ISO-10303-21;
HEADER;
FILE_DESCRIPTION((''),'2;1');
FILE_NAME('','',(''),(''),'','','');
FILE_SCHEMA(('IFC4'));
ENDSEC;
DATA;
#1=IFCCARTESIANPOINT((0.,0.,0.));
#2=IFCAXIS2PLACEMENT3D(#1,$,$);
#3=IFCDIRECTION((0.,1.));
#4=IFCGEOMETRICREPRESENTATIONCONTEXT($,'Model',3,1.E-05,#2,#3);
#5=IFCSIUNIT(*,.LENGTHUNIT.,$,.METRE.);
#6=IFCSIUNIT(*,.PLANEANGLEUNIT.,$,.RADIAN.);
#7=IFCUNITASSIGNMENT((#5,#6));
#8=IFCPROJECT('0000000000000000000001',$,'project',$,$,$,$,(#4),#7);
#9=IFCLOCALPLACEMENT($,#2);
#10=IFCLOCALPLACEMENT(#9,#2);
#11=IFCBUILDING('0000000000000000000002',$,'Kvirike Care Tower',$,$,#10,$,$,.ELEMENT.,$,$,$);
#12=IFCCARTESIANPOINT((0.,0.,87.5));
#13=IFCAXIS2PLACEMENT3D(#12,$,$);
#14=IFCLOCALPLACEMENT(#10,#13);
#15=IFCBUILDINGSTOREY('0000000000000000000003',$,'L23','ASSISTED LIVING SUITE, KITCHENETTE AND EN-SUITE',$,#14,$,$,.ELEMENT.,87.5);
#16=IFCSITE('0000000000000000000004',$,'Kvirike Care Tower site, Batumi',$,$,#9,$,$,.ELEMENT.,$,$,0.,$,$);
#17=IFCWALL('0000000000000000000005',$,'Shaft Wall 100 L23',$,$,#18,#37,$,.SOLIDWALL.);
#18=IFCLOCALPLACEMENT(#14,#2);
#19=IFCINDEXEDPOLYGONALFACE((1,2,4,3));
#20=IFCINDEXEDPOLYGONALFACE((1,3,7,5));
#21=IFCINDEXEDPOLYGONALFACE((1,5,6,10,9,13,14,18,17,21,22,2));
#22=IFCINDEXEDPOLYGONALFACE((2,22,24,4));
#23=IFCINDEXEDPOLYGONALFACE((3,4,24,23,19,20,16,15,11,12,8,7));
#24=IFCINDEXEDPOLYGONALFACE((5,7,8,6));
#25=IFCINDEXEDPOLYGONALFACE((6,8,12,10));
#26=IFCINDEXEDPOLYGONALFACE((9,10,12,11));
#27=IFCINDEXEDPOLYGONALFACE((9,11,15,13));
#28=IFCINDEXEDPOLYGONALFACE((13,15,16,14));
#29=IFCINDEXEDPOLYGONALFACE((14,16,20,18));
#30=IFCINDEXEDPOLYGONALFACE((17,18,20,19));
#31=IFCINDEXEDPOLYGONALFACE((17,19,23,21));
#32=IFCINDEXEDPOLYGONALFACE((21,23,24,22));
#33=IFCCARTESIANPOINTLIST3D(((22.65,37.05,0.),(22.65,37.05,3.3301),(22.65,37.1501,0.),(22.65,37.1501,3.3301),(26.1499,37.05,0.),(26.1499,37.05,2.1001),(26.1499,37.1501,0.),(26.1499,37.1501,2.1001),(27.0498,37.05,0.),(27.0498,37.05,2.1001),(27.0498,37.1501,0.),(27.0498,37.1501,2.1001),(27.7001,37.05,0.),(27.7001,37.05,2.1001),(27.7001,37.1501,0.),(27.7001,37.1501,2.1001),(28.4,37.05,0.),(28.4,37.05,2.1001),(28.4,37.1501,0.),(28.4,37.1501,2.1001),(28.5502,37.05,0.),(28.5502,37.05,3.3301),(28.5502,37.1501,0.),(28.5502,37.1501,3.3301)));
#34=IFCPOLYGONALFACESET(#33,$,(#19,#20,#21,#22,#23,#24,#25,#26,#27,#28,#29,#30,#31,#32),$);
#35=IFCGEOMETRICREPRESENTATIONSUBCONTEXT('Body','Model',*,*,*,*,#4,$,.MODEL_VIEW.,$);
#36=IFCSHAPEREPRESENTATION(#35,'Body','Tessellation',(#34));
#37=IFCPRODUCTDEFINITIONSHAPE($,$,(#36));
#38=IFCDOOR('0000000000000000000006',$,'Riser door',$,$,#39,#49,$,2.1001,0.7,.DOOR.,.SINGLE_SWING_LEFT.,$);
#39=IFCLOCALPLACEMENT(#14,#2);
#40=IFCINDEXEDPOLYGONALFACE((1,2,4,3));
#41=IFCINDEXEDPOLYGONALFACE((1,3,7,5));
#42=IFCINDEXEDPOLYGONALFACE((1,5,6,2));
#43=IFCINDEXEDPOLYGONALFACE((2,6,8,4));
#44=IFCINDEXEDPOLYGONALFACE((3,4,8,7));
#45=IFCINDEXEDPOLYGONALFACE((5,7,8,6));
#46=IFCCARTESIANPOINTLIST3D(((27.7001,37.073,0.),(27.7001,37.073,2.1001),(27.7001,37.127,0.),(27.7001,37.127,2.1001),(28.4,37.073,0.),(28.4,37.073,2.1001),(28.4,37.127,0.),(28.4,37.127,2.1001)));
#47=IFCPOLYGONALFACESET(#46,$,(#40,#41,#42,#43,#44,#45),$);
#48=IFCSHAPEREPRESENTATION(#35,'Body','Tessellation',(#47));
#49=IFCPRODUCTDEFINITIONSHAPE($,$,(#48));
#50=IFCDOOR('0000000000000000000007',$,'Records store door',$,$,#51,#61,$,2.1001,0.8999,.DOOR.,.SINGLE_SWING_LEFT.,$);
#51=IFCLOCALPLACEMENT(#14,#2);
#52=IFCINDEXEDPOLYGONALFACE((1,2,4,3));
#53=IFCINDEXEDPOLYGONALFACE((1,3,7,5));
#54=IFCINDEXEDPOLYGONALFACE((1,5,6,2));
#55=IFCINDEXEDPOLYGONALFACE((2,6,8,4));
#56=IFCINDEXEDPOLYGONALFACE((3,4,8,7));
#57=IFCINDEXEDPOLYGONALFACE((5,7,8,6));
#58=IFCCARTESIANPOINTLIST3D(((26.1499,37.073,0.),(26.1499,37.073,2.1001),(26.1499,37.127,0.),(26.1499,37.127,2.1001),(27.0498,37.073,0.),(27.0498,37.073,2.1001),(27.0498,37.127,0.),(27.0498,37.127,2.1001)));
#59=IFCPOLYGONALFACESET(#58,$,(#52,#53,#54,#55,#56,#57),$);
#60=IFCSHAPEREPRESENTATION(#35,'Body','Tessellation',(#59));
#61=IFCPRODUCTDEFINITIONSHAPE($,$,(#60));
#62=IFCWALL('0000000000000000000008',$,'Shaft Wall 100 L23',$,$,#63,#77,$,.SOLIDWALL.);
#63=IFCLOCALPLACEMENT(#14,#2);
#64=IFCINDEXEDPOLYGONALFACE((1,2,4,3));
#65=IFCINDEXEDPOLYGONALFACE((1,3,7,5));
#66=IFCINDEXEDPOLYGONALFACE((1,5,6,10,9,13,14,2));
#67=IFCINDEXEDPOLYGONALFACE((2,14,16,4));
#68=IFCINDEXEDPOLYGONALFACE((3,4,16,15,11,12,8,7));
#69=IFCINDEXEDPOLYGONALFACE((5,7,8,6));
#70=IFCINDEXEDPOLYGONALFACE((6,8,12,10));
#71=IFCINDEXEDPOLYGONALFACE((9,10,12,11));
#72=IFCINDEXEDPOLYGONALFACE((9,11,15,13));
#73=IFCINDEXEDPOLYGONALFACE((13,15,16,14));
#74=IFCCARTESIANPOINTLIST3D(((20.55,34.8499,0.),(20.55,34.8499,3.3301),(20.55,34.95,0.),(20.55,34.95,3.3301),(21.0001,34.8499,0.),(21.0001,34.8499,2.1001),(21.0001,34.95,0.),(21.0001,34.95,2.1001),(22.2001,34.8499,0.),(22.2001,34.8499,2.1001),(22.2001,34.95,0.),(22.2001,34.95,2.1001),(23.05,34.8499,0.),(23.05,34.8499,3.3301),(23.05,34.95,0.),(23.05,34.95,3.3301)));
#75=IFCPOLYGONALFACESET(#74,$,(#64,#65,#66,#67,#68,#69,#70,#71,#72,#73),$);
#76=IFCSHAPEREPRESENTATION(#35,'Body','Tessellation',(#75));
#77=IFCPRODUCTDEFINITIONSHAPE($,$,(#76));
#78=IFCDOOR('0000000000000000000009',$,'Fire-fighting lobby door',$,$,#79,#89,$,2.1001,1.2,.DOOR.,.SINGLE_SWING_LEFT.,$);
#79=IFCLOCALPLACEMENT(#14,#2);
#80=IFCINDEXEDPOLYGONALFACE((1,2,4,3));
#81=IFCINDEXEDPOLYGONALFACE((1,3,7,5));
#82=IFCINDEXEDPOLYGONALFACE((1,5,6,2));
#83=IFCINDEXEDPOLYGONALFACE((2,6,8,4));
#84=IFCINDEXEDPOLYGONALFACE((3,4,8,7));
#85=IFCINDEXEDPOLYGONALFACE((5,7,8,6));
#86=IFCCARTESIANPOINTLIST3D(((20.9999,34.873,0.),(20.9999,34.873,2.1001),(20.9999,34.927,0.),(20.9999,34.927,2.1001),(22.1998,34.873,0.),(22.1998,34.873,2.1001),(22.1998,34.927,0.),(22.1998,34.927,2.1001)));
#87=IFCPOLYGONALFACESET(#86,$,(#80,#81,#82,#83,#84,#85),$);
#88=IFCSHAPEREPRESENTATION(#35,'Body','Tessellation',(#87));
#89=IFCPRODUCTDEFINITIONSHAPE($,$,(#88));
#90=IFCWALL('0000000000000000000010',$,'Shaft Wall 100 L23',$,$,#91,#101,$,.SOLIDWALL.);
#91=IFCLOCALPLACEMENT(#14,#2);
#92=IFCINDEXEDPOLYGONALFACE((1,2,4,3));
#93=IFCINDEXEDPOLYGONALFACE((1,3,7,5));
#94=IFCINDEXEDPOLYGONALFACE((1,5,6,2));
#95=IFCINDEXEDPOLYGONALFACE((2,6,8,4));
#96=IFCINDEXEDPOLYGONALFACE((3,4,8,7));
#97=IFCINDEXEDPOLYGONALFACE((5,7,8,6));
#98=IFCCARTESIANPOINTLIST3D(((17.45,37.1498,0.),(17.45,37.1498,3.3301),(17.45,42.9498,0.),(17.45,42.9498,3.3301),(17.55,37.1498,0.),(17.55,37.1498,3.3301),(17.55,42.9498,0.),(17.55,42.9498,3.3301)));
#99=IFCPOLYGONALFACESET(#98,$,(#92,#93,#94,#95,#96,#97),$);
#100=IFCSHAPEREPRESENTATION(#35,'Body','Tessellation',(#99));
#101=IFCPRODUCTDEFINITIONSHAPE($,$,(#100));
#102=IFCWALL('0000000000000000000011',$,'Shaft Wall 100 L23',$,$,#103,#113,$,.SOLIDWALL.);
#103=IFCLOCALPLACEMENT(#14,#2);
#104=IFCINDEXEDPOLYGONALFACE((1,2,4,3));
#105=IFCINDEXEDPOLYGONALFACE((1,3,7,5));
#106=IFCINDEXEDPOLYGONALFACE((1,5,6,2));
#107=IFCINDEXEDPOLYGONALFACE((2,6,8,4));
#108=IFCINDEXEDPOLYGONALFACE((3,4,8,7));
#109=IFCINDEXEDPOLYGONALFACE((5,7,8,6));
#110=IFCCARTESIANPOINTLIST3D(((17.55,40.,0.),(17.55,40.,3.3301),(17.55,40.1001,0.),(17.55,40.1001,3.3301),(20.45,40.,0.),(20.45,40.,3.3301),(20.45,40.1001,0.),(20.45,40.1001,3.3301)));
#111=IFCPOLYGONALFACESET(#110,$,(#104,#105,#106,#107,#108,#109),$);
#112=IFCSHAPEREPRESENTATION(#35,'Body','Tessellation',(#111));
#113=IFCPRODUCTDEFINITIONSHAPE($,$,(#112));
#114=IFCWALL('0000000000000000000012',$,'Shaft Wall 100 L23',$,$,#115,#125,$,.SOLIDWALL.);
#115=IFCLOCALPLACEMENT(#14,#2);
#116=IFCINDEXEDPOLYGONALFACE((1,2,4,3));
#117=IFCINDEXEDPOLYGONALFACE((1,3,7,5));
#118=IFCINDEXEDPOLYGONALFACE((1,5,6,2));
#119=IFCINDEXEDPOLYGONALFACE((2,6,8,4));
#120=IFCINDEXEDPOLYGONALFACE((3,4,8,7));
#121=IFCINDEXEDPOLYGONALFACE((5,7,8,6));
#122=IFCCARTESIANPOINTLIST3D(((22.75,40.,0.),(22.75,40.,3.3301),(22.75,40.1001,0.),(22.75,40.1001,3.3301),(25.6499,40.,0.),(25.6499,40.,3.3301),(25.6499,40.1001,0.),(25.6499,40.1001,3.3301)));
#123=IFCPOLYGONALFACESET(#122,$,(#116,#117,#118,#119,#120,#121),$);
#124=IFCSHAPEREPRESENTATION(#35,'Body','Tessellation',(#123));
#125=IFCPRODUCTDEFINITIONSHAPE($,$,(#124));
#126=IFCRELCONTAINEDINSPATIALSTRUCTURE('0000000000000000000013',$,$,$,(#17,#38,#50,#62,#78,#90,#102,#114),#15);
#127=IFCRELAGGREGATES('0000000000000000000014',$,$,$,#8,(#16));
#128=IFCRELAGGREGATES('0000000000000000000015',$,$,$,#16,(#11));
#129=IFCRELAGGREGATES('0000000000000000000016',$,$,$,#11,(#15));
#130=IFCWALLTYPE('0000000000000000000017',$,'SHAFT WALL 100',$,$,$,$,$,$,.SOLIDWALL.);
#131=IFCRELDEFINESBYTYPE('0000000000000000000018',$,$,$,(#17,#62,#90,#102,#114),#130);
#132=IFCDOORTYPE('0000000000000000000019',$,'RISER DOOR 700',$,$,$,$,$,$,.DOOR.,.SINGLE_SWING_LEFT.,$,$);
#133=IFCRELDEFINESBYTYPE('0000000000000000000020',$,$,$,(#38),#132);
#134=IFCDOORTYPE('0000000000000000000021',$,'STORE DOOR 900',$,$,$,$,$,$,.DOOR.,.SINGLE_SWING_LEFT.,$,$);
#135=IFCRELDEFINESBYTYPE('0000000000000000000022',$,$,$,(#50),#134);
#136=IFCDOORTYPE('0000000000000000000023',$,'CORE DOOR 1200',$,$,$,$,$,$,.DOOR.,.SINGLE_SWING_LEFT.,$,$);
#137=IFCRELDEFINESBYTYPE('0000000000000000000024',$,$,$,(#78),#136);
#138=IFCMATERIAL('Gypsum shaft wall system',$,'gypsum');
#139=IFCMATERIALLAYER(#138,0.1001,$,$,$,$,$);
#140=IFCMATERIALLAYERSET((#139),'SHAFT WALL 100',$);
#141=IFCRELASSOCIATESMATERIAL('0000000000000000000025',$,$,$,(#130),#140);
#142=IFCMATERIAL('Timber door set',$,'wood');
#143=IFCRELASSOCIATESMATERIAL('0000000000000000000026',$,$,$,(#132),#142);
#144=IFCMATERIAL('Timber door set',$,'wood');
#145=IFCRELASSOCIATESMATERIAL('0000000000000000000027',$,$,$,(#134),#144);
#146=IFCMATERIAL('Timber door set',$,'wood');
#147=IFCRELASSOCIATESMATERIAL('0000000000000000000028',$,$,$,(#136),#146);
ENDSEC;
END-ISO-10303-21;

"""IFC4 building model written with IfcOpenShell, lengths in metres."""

from ifc_helpers import new_model, si_unit, direction, frame, frame_2d, origin, place, context, subcontext, project, spatial, rectangle, extrude, material, layer, layer_set, type_object, element, fill, save


model = new_model("IFC4")

# Units and contexts
model_context = context("Model", 3, precision=1e-05, world=origin(), true_north=direction((0.0, 1.0)))
body_context = subcontext(model_context, "Body", "Model", "MODEL_VIEW")
ifc_project = project(units=[si_unit("LENGTHUNIT", "METRE"), si_unit("PLANEANGLEUNIT", "RADIAN")], contexts=[model_context])

# Site, building, storey
site_placement = place(None, origin())
site = spatial("IfcSite", under=ifc_project, at=site_placement, Name="Kvirike Care Tower site, Batumi", CompositionType="ELEMENT", RefElevation=0.0)
building_placement = place(site_placement, origin())
building = spatial("IfcBuilding", under=site, at=building_placement, Name="Kvirike Care Tower", CompositionType="ELEMENT")
storey_placement = place(building_placement, frame((0.0, 0.0, 87.5)))
storey = spatial("IfcBuildingStorey", under=building, at=storey_placement, Name="L23", Description="ASSISTED LIVING SUITE, KITCHENETTE AND EN-SUITE", CompositionType="ELEMENT", Elevation=87.5)

# Shared definitions
ifc_material_1 = material(Name="Gypsum shaft wall system", Category="gypsum")
ifc_layer = layer(ifc_material_1, 0.1001)
ifc_layer_set = layer_set([ifc_layer], Name="SHAFT WALL 100")
wall_type = type_object("IfcWallType", Name="SHAFT WALL 100", PredefinedType="SOLIDWALL", material=ifc_layer_set)

# Shared definitions
ifc_material_2 = material(Name="Timber door set", Category="wood")
door_type_1 = type_object("IfcDoorType", Name="RISER DOOR 700", OperationType="SINGLE_SWING_LEFT", PredefinedType="DOOR", material=ifc_material_2)

# Wall, openings, doors
ifc_material_3 = material(Name="Timber door set", Category="wood")
door_type_2 = type_object("IfcDoorType", Name="STORE DOOR 900", OperationType="SINGLE_SWING_LEFT", PredefinedType="DOOR", material=ifc_material_3)
wall_1_placement = place(storey_placement, frame((22.6499, 37.1001, 0.0), z_axis=(0.0, 0.0, 1.0), x_axis=(1.0, 0.0, 0.0)))
wall_1 = element("IfcWall", 1, at=wall_1_placement, inside=storey, type_object=wall_type, Name="Shaft Wall 100 L23", PredefinedType="SOLIDWALL", context=body_context, shape_type="SweptSolid", body=[
    extrude(rectangle(XDim=5.9001, YDim=0.1001, at=frame_2d((2.9502, 0.0))), origin(), (0.0, 0.0, 1.0), 3.3301),
])
opening_1_placement = place(wall_1_placement, frame((3.5, 0.0, 0.0)))
opening_1 = element("IfcOpeningElement", 2, at=opening_1_placement, cuts=wall_1, PredefinedType="OPENING", context=body_context, shape_type="SweptSolid", body=[
    extrude(rectangle(XDim=0.8999, YDim=2.1001, at=frame_2d((0.45, 1.05))), frame((0.0, 0.0605, 0.0), z_axis=(0.0, -1.0, 0.0), x_axis=(1.0, 0.0, 0.0)), (0.0, 0.0, 1.0), 0.1211),
])
opening_2_placement = place(wall_1_placement, frame((5.05, 0.0, 0.0)))
opening_2 = element("IfcOpeningElement", 3, at=opening_2_placement, cuts=wall_1, PredefinedType="OPENING", context=body_context, shape_type="SweptSolid", body=[
    extrude(rectangle(XDim=0.7, YDim=2.1001, at=frame_2d((0.3501, 1.05))), frame((0.0, 0.0605, 0.0), z_axis=(0.0, -1.0, 0.0), x_axis=(1.0, 0.0, 0.0)), (0.0, 0.0, 1.0), 0.1211),
])
door_1_placement = place(opening_2_placement, origin())
door_1 = element("IfcDoor", 4, at=door_1_placement, inside=storey, type_object=door_type_1, Name="Riser door", OperationType="SINGLE_SWING_LEFT", OverallHeight=2.1001, OverallWidth=0.7, PredefinedType="DOOR", context=body_context, shape_type="SweptSolid", body=[
    extrude(rectangle(XDim=0.7, YDim=2.1001, at=frame_2d((0.3501, 1.05))), frame((0.0, 0.0269, 0.0), z_axis=(0.0, -1.0, 0.0), x_axis=(1.0, 0.0, 0.0)), (0.0, 0.0, 1.0), 0.054),
])
fill(opening_2, door_1)
door_2_placement = place(opening_1_placement, origin())
door_2 = element("IfcDoor", 5, at=door_2_placement, inside=storey, type_object=door_type_2, Name="Records store door", OperationType="SINGLE_SWING_LEFT", OverallHeight=2.1001, OverallWidth=0.8999, PredefinedType="DOOR", context=body_context, shape_type="SweptSolid", body=[
    extrude(rectangle(XDim=0.8999, YDim=2.1001, at=frame_2d((0.45, 1.05))), frame((0.0, 0.0269, 0.0), z_axis=(0.0, -1.0, 0.0), x_axis=(1.0, 0.0, 0.0)), (0.0, 0.0, 1.0), 0.054),
])
fill(opening_1, door_2)

# Wall, opening, door
wall_2_placement = place(storey_placement, frame((20.55, 34.8999, 0.0), z_axis=(0.0, 0.0, 1.0), x_axis=(1.0, 0.0, 0.0)))
wall_2 = element("IfcWall", 6, at=wall_2_placement, inside=storey, type_object=wall_type, Name="Shaft Wall 100 L23", PredefinedType="SOLIDWALL", context=body_context, shape_type="SweptSolid", body=[
    extrude(rectangle(XDim=2.5, YDim=0.1001, at=frame_2d((1.25, 0.0))), origin(), (0.0, 0.0, 1.0), 3.3301),
])
opening_3_placement = place(wall_2_placement, frame((0.45, 0.0, 0.0)))
opening_3 = element("IfcOpeningElement", 7, at=opening_3_placement, cuts=wall_2, PredefinedType="OPENING", context=body_context, shape_type="SweptSolid", body=[
    extrude(rectangle(XDim=1.2, YDim=2.1001, at=frame_2d((0.6001, 1.05))), frame((0.0, 0.0605, 0.0), z_axis=(0.0, -1.0, 0.0), x_axis=(1.0, 0.0, 0.0)), (0.0, 0.0, 1.0), 0.1211),
])
ifc_material_4 = material(Name="Timber door set", Category="wood")
door_type_3 = type_object("IfcDoorType", Name="CORE DOOR 1200", OperationType="SINGLE_SWING_LEFT", PredefinedType="DOOR", material=ifc_material_4)
door_3_placement = place(opening_3_placement, frame((1.2, 0.0, 0.0), z_axis=(0.0, 0.0, 1.0), x_axis=(-1.0, 0.0, 0.0)))
door_3 = element("IfcDoor", 8, at=door_3_placement, inside=storey, type_object=door_type_3, Name="Fire-fighting lobby door", OperationType="SINGLE_SWING_LEFT", OverallHeight=2.1001, OverallWidth=1.2, PredefinedType="DOOR", context=body_context, shape_type="SweptSolid", body=[
    extrude(rectangle(XDim=1.2, YDim=2.1001, at=frame_2d((0.6001, 1.05))), frame((0.0, 0.0269, 0.0), z_axis=(0.0, -1.0, 0.0), x_axis=(1.0, 0.0, 0.0)), (0.0, 0.0, 1.0), 0.054),
])
fill(opening_3, door_3)

# Walls
wall_3_placement = place(storey_placement, frame((17.5, 37.1499, 0.0), z_axis=(0.0, 0.0, 1.0), x_axis=(0.0, 1.0, 0.0)))
element("IfcWall", 9, at=wall_3_placement, inside=storey, type_object=wall_type, Name="Shaft Wall 100 L23", PredefinedType="SOLIDWALL", context=body_context, shape_type="SweptSolid", body=[
    extrude(rectangle(XDim=5.8, YDim=0.1001, at=frame_2d((2.8999, 0.0))), origin(), (0.0, 0.0, 1.0), 3.3301),
])
for number, where, z_axis, x_axis, name in (
    (10, (17.55, 40.05, 0.0), (0.0, 0.0, 1.0), (1.0, 0.0, 0.0), "Shaft Wall 100 L23"),
    (11, (22.75, 40.05, 0.0), (0.0, 0.0, 1.0), (1.0, 0.0, 0.0), "Shaft Wall 100 L23"),
):
    element("IfcWall", number, at=place(storey_placement, frame(where, z_axis=z_axis, x_axis=x_axis)), inside=storey, type_object=wall_type, Name=name, PredefinedType="SOLIDWALL", context=body_context, shape_type="SweptSolid", body=[
        extrude(rectangle(XDim=2.8999, YDim=0.1001, at=frame_2d((1.45, 0.0))), origin(), (0.0, 0.0, 1.0), 3.3301),
    ])

save(model, "model.ifc")
